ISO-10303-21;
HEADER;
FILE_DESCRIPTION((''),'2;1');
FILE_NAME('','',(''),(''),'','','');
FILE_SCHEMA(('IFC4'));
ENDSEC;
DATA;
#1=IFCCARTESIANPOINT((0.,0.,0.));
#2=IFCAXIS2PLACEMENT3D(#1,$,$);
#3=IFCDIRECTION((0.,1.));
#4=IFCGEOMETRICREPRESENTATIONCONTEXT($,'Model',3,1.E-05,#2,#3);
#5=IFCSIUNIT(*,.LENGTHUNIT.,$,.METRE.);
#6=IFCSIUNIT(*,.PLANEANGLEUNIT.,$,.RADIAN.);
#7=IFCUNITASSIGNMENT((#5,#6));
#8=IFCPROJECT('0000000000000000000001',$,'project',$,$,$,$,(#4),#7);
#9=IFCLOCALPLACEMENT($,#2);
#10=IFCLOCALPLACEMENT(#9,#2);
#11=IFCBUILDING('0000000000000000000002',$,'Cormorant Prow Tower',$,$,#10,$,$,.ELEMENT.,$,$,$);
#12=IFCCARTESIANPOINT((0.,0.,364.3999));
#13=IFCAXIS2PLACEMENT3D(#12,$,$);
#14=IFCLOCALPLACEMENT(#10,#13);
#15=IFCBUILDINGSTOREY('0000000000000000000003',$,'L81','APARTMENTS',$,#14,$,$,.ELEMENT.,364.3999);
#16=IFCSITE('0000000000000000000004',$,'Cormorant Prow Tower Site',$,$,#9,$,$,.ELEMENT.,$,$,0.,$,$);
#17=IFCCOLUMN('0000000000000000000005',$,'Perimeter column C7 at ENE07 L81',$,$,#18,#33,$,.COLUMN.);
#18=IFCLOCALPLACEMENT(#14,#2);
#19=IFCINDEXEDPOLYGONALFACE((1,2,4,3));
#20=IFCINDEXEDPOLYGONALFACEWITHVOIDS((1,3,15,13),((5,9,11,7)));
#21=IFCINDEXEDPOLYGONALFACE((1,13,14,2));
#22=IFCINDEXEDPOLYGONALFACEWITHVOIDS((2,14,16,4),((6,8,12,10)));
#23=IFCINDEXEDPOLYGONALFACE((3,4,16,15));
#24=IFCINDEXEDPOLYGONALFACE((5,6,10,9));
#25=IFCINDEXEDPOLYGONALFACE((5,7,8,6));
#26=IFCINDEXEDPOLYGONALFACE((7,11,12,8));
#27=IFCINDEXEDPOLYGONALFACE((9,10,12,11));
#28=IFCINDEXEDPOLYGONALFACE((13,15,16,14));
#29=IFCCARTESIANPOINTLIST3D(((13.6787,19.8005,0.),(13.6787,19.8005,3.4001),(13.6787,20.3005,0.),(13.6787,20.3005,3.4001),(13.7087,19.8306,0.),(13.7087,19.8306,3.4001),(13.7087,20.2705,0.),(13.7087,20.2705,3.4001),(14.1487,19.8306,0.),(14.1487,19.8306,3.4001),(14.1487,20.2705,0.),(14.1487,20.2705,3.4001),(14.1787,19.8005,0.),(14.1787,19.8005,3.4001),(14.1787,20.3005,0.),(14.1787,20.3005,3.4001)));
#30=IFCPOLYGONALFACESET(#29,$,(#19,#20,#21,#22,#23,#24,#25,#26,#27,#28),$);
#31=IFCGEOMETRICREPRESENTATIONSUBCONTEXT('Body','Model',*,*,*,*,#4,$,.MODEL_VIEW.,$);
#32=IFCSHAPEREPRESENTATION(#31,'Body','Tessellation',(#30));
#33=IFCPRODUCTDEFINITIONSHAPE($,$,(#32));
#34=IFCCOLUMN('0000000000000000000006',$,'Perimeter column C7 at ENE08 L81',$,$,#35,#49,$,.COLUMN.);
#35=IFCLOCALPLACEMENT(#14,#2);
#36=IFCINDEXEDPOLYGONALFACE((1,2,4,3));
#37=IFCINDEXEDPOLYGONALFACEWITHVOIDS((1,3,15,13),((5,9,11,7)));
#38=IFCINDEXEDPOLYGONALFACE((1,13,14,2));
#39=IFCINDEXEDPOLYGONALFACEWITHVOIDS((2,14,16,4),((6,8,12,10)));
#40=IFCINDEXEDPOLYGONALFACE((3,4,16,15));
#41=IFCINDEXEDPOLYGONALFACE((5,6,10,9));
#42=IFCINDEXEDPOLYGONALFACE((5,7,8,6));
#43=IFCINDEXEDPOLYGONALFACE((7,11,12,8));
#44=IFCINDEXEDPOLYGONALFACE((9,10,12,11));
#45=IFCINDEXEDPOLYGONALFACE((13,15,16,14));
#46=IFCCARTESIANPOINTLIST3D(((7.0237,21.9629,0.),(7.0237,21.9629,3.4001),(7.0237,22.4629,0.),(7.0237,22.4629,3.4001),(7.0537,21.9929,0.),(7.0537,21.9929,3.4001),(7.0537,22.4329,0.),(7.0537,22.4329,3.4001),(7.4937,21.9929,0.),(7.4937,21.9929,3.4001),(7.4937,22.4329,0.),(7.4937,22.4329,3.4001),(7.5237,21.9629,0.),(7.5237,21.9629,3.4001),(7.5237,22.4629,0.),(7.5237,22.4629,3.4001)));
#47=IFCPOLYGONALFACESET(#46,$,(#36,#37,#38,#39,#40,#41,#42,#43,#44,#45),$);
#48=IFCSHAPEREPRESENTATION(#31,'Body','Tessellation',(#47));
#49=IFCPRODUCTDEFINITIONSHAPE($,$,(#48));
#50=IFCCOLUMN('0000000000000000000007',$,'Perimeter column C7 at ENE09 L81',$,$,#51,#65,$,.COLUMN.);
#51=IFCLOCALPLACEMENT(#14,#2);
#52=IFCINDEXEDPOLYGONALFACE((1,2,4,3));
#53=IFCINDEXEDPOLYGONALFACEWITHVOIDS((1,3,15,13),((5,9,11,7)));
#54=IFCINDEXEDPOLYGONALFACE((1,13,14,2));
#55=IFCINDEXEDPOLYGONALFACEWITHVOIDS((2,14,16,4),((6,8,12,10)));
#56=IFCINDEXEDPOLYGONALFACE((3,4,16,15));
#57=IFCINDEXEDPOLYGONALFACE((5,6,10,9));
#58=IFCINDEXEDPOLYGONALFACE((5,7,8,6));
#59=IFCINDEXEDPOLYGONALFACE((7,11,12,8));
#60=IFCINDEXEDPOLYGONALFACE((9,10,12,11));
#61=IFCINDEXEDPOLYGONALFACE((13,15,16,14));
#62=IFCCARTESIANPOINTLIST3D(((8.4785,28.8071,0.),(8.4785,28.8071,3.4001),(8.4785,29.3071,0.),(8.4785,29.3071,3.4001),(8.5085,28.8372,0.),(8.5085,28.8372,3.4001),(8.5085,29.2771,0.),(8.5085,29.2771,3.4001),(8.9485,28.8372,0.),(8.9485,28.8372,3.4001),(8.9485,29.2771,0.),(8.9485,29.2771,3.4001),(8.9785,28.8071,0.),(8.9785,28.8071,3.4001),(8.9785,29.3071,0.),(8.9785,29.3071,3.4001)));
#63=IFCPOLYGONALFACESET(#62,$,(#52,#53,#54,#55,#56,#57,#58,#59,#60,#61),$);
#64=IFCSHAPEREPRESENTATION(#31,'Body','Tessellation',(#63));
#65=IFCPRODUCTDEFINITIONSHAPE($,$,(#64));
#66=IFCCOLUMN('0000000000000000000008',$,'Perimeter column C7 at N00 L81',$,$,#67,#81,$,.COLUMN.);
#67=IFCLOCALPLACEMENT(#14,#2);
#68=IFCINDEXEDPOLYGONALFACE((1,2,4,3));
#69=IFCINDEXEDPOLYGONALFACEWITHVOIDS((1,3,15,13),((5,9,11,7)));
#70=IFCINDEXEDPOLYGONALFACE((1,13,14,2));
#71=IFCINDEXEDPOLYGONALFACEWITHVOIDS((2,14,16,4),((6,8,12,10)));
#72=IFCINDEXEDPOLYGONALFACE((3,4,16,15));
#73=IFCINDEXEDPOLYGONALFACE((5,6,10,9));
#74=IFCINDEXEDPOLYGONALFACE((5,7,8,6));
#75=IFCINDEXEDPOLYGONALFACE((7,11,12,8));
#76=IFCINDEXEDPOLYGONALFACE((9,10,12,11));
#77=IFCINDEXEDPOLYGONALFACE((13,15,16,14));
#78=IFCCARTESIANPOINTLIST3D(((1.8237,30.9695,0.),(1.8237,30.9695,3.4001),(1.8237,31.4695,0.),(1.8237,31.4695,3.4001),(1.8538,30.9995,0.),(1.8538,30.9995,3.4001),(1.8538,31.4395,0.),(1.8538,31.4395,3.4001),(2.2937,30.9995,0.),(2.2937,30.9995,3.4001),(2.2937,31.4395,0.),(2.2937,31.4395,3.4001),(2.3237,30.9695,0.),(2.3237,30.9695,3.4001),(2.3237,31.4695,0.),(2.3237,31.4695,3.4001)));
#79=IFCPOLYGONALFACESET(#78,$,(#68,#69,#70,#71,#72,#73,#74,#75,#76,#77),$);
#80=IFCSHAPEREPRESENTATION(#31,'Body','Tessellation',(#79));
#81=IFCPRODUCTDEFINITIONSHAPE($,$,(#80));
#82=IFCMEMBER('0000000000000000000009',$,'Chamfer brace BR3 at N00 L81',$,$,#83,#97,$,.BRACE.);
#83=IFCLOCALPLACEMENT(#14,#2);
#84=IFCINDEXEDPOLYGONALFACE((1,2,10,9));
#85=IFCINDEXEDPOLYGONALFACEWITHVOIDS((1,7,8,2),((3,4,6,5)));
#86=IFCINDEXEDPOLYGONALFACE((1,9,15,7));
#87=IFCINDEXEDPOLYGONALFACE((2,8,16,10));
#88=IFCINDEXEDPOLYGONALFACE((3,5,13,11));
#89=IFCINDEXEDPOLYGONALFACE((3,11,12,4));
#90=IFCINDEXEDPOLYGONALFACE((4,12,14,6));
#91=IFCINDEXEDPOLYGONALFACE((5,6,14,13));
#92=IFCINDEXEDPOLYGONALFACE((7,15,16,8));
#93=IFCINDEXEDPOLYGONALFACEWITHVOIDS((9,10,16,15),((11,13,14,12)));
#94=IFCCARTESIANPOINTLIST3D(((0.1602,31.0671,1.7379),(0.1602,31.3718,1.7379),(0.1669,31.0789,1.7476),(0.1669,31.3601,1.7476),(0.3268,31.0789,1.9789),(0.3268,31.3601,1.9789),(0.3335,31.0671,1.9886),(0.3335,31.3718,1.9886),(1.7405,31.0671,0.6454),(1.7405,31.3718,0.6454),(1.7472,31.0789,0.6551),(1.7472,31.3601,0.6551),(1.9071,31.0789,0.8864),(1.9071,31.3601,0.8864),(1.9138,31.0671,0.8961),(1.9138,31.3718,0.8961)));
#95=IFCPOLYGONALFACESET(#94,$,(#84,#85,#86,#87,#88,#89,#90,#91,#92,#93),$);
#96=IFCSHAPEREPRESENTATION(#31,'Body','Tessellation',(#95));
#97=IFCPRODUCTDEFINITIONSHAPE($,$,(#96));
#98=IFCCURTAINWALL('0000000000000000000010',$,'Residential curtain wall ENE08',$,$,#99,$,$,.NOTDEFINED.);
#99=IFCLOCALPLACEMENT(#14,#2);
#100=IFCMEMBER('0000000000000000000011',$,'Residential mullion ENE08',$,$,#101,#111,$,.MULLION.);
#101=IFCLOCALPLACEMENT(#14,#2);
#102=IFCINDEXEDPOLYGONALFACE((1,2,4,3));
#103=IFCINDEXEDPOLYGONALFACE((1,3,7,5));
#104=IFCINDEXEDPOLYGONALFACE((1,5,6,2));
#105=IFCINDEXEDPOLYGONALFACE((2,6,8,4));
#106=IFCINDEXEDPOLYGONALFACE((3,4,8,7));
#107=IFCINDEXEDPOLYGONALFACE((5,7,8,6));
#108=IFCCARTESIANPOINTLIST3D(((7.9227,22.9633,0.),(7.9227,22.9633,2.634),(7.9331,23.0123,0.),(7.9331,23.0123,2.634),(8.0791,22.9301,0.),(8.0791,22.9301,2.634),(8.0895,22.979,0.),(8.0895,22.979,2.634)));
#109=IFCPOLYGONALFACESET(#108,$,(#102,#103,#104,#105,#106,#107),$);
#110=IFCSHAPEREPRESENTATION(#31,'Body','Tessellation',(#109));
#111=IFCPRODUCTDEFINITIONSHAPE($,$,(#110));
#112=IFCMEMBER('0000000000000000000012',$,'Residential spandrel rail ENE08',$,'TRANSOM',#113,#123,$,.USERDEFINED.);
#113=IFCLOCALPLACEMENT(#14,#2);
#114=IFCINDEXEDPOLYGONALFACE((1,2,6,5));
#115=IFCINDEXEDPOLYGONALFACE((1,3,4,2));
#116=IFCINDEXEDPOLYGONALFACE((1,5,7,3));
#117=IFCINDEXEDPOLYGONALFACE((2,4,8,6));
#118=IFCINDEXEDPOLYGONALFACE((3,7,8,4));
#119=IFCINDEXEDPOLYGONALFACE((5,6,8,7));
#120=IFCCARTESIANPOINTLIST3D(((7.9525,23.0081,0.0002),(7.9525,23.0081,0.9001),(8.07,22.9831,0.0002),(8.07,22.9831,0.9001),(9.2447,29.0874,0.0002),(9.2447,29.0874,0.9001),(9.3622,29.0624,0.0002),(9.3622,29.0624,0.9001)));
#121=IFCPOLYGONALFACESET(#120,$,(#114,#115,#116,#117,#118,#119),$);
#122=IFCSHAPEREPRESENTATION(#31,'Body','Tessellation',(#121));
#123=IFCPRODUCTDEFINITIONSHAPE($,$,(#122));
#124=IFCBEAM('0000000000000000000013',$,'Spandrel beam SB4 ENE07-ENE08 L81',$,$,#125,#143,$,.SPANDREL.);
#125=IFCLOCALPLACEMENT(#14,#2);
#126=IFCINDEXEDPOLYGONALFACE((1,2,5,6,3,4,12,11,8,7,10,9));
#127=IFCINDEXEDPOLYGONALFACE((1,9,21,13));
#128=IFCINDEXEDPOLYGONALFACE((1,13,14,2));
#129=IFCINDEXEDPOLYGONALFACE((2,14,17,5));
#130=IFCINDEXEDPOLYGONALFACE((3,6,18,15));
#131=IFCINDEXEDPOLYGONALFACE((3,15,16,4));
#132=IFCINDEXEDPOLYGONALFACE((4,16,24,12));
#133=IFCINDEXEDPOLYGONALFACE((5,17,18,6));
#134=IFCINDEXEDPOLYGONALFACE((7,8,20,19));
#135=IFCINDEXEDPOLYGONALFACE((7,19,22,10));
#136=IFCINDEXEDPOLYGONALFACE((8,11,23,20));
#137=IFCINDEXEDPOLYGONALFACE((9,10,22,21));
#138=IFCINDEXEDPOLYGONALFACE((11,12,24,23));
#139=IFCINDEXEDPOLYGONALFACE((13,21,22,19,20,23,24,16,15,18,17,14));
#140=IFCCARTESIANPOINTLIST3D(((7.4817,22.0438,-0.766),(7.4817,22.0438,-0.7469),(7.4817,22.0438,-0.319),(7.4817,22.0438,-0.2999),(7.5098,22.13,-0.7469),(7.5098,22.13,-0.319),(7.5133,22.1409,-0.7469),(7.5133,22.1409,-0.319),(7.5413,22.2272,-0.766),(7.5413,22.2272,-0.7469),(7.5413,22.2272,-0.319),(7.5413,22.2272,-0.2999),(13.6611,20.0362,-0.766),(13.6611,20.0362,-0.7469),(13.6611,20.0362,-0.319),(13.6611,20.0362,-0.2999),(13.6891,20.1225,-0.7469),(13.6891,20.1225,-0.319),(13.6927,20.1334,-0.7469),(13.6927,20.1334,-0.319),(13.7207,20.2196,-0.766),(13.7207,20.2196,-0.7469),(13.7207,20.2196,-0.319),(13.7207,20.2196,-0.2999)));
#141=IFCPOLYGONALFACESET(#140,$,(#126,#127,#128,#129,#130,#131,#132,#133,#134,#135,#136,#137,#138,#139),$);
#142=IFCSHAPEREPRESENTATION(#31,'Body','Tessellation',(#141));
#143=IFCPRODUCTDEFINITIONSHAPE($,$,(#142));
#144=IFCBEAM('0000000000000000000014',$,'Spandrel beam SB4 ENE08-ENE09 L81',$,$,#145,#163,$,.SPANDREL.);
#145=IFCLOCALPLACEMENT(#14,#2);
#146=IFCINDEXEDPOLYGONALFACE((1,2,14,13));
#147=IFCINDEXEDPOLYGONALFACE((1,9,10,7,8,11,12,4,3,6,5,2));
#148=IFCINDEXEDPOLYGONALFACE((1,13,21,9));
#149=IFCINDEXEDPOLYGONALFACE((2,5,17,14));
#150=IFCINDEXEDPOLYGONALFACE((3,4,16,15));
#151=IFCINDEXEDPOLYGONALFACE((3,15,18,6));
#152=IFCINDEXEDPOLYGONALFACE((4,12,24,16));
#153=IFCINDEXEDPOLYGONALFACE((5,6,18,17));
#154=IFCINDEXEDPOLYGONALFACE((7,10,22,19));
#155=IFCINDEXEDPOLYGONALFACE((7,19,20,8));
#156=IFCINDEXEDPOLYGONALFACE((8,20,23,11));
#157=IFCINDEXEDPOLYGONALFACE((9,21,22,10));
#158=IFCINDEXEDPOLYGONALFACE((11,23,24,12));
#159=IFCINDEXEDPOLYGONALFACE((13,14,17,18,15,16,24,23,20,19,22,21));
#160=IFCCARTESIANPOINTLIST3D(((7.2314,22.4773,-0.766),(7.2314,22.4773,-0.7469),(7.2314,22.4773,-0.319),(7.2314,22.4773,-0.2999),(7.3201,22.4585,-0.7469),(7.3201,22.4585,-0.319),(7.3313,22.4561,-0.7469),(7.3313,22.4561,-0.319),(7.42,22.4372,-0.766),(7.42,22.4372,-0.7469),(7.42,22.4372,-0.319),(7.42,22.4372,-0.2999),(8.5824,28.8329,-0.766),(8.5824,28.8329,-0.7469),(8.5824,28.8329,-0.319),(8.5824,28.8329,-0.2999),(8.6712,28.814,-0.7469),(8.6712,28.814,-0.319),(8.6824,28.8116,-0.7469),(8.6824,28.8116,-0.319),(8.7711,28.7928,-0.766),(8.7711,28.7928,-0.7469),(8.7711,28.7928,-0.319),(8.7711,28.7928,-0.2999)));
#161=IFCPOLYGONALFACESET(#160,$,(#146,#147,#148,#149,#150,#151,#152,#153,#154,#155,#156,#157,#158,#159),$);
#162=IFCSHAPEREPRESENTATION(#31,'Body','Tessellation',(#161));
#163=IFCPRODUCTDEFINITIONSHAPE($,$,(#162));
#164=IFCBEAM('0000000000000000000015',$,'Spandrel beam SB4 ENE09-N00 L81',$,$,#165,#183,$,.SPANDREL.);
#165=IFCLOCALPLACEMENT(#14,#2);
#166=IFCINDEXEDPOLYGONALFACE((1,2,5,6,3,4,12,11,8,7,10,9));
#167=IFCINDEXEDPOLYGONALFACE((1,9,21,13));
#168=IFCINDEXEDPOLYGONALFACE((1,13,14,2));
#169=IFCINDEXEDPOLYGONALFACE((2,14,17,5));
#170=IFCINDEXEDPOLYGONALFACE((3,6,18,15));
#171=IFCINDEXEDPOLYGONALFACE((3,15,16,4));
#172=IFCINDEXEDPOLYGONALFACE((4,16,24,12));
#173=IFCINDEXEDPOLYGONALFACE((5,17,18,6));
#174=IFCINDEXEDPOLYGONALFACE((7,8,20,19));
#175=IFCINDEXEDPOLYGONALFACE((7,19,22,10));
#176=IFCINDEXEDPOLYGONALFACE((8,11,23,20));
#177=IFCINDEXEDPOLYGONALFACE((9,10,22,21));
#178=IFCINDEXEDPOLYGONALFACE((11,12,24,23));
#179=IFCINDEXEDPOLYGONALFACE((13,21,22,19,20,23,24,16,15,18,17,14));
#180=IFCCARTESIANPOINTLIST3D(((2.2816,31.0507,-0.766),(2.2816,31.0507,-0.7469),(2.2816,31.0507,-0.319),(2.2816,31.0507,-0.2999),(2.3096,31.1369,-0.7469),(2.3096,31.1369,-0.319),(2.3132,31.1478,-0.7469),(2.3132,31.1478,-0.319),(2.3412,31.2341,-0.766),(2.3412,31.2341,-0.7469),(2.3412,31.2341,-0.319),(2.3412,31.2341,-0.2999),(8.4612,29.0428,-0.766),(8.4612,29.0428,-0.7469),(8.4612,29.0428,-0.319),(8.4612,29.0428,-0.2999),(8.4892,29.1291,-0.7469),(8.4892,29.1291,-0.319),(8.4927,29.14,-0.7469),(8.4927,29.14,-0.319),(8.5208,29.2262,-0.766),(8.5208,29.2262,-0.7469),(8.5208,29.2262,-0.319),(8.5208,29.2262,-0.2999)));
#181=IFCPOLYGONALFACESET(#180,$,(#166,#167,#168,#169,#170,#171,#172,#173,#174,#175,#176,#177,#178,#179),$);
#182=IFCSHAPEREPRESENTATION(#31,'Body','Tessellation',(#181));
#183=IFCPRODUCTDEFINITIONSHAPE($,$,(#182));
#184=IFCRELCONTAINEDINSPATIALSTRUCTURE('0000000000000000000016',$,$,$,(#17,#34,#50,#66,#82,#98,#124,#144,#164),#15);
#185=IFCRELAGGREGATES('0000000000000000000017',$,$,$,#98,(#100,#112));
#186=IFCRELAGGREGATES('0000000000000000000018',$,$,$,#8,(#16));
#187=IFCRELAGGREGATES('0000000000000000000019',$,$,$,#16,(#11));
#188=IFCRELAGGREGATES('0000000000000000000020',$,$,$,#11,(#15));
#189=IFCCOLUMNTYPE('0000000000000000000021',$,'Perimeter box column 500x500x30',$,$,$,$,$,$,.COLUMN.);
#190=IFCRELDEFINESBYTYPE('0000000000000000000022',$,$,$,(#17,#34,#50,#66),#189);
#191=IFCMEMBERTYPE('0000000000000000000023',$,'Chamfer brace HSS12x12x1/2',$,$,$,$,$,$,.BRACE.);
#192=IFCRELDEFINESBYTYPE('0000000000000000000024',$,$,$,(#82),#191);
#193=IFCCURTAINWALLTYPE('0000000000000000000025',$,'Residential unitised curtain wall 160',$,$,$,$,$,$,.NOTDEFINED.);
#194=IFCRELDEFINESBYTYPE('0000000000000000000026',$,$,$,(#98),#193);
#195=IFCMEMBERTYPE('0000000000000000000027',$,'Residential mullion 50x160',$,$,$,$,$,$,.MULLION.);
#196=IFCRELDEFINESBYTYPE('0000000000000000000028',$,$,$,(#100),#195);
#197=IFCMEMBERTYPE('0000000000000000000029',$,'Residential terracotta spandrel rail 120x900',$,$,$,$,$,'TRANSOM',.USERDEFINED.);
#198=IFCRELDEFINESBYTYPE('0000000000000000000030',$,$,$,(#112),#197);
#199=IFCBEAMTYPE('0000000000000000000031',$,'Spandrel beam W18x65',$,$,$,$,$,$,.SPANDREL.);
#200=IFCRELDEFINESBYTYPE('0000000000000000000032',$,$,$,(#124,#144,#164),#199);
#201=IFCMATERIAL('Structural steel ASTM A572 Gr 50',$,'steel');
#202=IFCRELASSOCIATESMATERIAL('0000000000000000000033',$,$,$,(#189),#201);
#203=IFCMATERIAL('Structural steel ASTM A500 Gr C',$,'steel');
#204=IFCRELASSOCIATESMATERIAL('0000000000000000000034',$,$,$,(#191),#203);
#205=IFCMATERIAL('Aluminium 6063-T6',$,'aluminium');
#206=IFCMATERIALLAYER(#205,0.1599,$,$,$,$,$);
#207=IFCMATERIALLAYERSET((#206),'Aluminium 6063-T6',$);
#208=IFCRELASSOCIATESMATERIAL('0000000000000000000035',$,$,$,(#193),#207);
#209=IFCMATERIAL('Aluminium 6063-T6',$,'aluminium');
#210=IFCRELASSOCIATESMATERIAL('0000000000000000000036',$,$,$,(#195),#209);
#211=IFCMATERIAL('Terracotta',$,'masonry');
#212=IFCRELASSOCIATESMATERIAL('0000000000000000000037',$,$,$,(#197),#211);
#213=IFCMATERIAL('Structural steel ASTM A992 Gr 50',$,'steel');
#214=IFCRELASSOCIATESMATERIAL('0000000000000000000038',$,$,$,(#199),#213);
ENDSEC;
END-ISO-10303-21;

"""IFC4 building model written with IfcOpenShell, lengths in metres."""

from ifc_helpers import new_model, si_unit, direction, frame, origin, origin_2d, place, context, subcontext, project, spatial, rectangle, hollow_rectangle, i_section, extrude, material, layer, layer_set, material_profile, profile_set, type_object, element, aggregate, save


model = new_model("IFC4")

# Units and contexts
model_context = context("Model", 3, precision=1e-05, world=origin(), true_north=direction((0.0, 1.0)))
body_context = subcontext(model_context, "Body", "Model", "MODEL_VIEW")
ifc_project = project(units=[si_unit("LENGTHUNIT", "METRE"), si_unit("PLANEANGLEUNIT", "RADIAN")], contexts=[model_context])

# Site, building, storey
site_placement = place(None, origin())
site = spatial("IfcSite", under=ifc_project, at=site_placement, Name="Cormorant Prow Tower Site", CompositionType="ELEMENT", RefElevation=0.0)
building_placement = place(site_placement, origin())
building = spatial("IfcBuilding", under=site, at=building_placement, Name="Cormorant Prow Tower", CompositionType="ELEMENT")
storey_placement = place(building_placement, frame((0.0, 0.0, 364.3999)))
storey = spatial("IfcBuildingStorey", under=building, at=storey_placement, Name="L81", Description="APARTMENTS", CompositionType="ELEMENT", Elevation=364.3999)

# Columns
ifc_material_1 = material(Name="Structural steel ASTM A572 Gr 50", Category="steel")
ifc_material_profile_1 = material_profile(ifc_material_1, hollow_rectangle(XDim=0.5, YDim=0.5, WallThickness=0.03, at=origin_2d()), Name="Box 500x500x30")
ifc_profile_set_1 = profile_set([ifc_material_profile_1], Name="Structural steel ASTM A572 Gr 50")
column_type = type_object("IfcColumnType", Name="Perimeter box column 500x500x30", PredefinedType="COLUMN", material=ifc_profile_set_1)
for number, where, z_axis, x_axis, name in (
    (1, (13.9287, 20.0505, 0.0), (0.0, 0.0, 1.0), (1.0, 0.0, 0.0), "Perimeter column C7 at ENE07 L81"),
    (2, (7.2737, 22.2129, 0.0), (0.0, 0.0, 1.0), (1.0, 0.0, 0.0), "Perimeter column C7 at ENE08 L81"),
    (3, (8.7285, 29.0571, 0.0), (0.0, 0.0, 1.0), (1.0, 0.0, 0.0), "Perimeter column C7 at ENE09 L81"),
    (4, (2.0737, 31.2195, 0.0), (0.0, 0.0, 1.0), (1.0, 0.0, 0.0), "Perimeter column C7 at N00 L81"),
):
    element("IfcColumn", number, at=place(storey_placement, frame(where, z_axis=z_axis, x_axis=x_axis)), inside=storey, type_object=column_type, Name=name, PredefinedType="COLUMN", context=body_context, shape_type="SweptSolid", body=[
        extrude(hollow_rectangle(XDim=0.5, YDim=0.5, WallThickness=0.03, at=origin_2d()), origin(), (0.0, 0.0, 1.0), 3.4001),
    ])

# Member
ifc_material_2 = material(Name="Structural steel ASTM A500 Gr C", Category="steel")
ifc_material_profile_2 = material_profile(ifc_material_2, hollow_rectangle(XDim=0.3047, YDim=0.3047, WallThickness=0.0117, at=origin_2d()), Name="HSS12x12x1/2")
ifc_profile_set_2 = profile_set([ifc_material_profile_2], Name="Structural steel ASTM A500 Gr C")
member_type_1 = type_object("IfcMemberType", Name="Chamfer brace HSS12x12x1/2", PredefinedType="BRACE", material=ifc_profile_set_2)
member_1_placement = place(storey_placement, frame((1.8271, 31.2195, 0.7708), z_axis=(-0.822567, 0.0, 0.568668), x_axis=(0.0, -1.0, 0.0)))
element("IfcMember", 5, at=member_1_placement, inside=storey, type_object=member_type_1, Name="Chamfer brace BR3 at N00 L81", PredefinedType="BRACE", context=body_context, shape_type="SweptSolid", body=[
    extrude(hollow_rectangle(XDim=0.3047, YDim=0.3047, WallThickness=0.0117, at=origin_2d()), origin(), (0.0, 0.0, 1.0), 1.9211),
])

# Curtain wall, members
ifc_material_3 = material(Name="Aluminium 6063-T6", Category="aluminium")
ifc_layer_1 = layer(ifc_material_3, 0.1599)
ifc_layer_set_1 = layer_set([ifc_layer_1], Name="Aluminium 6063-T6")
curtain_wall_type = type_object("IfcCurtainWallType", Name="Residential unitised curtain wall 160", PredefinedType="NOTDEFINED", material=ifc_layer_set_1)
curtain_wall_placement = place(storey_placement, origin())
curtain_wall = element("IfcCurtainWall", 6, at=curtain_wall_placement, inside=storey, type_object=curtain_wall_type, Name="Residential curtain wall ENE08", PredefinedType="NOTDEFINED")
ifc_material_4 = material(Name="Aluminium 6063-T6", Category="aluminium")
ifc_material_profile_3 = material_profile(ifc_material_4, rectangle(XDim=0.1599, YDim=0.05, at=origin_2d()), Name="Residential mullion 50x160")
ifc_profile_set_3 = profile_set([ifc_material_profile_3], Name="Aluminium 6063-T6")
member_type_2 = type_object("IfcMemberType", Name="Residential mullion 50x160", PredefinedType="MULLION", material=ifc_profile_set_3)
member_2_placement = place(storey_placement, frame((8.0061, 22.9712, 0.0), z_axis=(0.0, 0.0, 1.0), x_axis=(-0.978148, 0.207912, 0.0)))
member_2 = element("IfcMember", 7, at=member_2_placement, type_object=member_type_2, Name="Residential mullion ENE08", PredefinedType="MULLION", context=body_context, shape_type="SweptSolid", body=[
    extrude(rectangle(XDim=0.1599, YDim=0.05, at=origin_2d()), origin(), (0.0, 0.0, 1.0), 2.634),
])
ifc_material_5 = material(Name="Terracotta", Category="masonry")
ifc_material_profile_4 = material_profile(ifc_material_5, rectangle(XDim=0.1201, YDim=0.8999, at=origin_2d()), Name="Residential terracotta spandrel rail 120x900")
ifc_profile_set_4 = profile_set([ifc_material_profile_4], Name="Terracotta")
member_type_3 = type_object("IfcMemberType", Name="Residential terracotta spandrel rail 120x900", ElementType="TRANSOM", PredefinedType="USERDEFINED", material=ifc_profile_set_4)
member_3_placement = place(storey_placement, frame((8.0112, 22.9956, 0.4502), z_axis=(0.207917, 0.978147, 0.0), x_axis=(-0.978147, 0.207917, 0.0)))
member_3 = element("IfcMember", 8, at=member_3_placement, type_object=member_type_3, Name="Residential spandrel rail ENE08", ObjectType="TRANSOM", PredefinedType="USERDEFINED", context=body_context, shape_type="SweptSolid", body=[
    extrude(rectangle(XDim=0.1201, YDim=0.8999, at=origin_2d()), origin(), (0.0, 0.0, 1.0), 6.2151),
])

# Beams
ifc_material_6 = material(Name="Structural steel ASTM A992 Gr 50", Category="steel")
ifc_material_profile_5 = material_profile(ifc_material_6, i_section(OverallWidth=0.1929, OverallDepth=0.4661, WebThickness=0.0115, FlangeThickness=0.019, at=origin_2d()), Name="W18x65")
ifc_profile_set_5 = profile_set([ifc_material_profile_5], Name="Structural steel ASTM A992 Gr 50")
beam_type = type_object("IfcBeamType", Name="Spandrel beam W18x65", PredefinedType="SPANDREL", material=ifc_profile_set_5)
beam_1_placement = place(storey_placement, frame((13.6909, 20.1279, -0.533), z_axis=(-0.951068, 0.308982, 0.0), x_axis=(-0.308982, -0.951068, 0.0)))
element("IfcBeam", 9, at=beam_1_placement, inside=storey, type_object=beam_type, Name="Spandrel beam SB4 ENE07-ENE08 L81", PredefinedType="SPANDREL", context=body_context, shape_type="SweptSolid", body=[
    extrude(i_section(OverallWidth=0.1929, OverallDepth=0.4661, WebThickness=0.0115, FlangeThickness=0.019, at=origin_2d()), origin(), (0.0, 0.0, 1.0), 6.4973),
])
for number, where, z_axis, x_axis, name in (
    (10, (7.3257, 22.4573, -0.533), (0.207938, 0.978142, 0.0), (-0.978142, 0.207938, 0.0), "Spandrel beam SB4 ENE08-ENE09 L81"),
    (11, (8.491, 29.1345, -0.533), (-0.951057, 0.309016, 0.0), (-0.309016, -0.951057, 0.0), "Spandrel beam SB4 ENE09-N00 L81"),
):
    element("IfcBeam", number, at=place(storey_placement, frame(where, z_axis=z_axis, x_axis=x_axis)), inside=storey, type_object=beam_type, Name=name, PredefinedType="SPANDREL", context=body_context, shape_type="SweptSolid", body=[
        extrude(i_section(OverallWidth=0.1929, OverallDepth=0.4661, WebThickness=0.0115, FlangeThickness=0.019, at=origin_2d()), origin(), (0.0, 0.0, 1.0), 6.4976),
    ])

aggregate(curtain_wall, [member_2, member_3])

save(model, "model.ifc")
